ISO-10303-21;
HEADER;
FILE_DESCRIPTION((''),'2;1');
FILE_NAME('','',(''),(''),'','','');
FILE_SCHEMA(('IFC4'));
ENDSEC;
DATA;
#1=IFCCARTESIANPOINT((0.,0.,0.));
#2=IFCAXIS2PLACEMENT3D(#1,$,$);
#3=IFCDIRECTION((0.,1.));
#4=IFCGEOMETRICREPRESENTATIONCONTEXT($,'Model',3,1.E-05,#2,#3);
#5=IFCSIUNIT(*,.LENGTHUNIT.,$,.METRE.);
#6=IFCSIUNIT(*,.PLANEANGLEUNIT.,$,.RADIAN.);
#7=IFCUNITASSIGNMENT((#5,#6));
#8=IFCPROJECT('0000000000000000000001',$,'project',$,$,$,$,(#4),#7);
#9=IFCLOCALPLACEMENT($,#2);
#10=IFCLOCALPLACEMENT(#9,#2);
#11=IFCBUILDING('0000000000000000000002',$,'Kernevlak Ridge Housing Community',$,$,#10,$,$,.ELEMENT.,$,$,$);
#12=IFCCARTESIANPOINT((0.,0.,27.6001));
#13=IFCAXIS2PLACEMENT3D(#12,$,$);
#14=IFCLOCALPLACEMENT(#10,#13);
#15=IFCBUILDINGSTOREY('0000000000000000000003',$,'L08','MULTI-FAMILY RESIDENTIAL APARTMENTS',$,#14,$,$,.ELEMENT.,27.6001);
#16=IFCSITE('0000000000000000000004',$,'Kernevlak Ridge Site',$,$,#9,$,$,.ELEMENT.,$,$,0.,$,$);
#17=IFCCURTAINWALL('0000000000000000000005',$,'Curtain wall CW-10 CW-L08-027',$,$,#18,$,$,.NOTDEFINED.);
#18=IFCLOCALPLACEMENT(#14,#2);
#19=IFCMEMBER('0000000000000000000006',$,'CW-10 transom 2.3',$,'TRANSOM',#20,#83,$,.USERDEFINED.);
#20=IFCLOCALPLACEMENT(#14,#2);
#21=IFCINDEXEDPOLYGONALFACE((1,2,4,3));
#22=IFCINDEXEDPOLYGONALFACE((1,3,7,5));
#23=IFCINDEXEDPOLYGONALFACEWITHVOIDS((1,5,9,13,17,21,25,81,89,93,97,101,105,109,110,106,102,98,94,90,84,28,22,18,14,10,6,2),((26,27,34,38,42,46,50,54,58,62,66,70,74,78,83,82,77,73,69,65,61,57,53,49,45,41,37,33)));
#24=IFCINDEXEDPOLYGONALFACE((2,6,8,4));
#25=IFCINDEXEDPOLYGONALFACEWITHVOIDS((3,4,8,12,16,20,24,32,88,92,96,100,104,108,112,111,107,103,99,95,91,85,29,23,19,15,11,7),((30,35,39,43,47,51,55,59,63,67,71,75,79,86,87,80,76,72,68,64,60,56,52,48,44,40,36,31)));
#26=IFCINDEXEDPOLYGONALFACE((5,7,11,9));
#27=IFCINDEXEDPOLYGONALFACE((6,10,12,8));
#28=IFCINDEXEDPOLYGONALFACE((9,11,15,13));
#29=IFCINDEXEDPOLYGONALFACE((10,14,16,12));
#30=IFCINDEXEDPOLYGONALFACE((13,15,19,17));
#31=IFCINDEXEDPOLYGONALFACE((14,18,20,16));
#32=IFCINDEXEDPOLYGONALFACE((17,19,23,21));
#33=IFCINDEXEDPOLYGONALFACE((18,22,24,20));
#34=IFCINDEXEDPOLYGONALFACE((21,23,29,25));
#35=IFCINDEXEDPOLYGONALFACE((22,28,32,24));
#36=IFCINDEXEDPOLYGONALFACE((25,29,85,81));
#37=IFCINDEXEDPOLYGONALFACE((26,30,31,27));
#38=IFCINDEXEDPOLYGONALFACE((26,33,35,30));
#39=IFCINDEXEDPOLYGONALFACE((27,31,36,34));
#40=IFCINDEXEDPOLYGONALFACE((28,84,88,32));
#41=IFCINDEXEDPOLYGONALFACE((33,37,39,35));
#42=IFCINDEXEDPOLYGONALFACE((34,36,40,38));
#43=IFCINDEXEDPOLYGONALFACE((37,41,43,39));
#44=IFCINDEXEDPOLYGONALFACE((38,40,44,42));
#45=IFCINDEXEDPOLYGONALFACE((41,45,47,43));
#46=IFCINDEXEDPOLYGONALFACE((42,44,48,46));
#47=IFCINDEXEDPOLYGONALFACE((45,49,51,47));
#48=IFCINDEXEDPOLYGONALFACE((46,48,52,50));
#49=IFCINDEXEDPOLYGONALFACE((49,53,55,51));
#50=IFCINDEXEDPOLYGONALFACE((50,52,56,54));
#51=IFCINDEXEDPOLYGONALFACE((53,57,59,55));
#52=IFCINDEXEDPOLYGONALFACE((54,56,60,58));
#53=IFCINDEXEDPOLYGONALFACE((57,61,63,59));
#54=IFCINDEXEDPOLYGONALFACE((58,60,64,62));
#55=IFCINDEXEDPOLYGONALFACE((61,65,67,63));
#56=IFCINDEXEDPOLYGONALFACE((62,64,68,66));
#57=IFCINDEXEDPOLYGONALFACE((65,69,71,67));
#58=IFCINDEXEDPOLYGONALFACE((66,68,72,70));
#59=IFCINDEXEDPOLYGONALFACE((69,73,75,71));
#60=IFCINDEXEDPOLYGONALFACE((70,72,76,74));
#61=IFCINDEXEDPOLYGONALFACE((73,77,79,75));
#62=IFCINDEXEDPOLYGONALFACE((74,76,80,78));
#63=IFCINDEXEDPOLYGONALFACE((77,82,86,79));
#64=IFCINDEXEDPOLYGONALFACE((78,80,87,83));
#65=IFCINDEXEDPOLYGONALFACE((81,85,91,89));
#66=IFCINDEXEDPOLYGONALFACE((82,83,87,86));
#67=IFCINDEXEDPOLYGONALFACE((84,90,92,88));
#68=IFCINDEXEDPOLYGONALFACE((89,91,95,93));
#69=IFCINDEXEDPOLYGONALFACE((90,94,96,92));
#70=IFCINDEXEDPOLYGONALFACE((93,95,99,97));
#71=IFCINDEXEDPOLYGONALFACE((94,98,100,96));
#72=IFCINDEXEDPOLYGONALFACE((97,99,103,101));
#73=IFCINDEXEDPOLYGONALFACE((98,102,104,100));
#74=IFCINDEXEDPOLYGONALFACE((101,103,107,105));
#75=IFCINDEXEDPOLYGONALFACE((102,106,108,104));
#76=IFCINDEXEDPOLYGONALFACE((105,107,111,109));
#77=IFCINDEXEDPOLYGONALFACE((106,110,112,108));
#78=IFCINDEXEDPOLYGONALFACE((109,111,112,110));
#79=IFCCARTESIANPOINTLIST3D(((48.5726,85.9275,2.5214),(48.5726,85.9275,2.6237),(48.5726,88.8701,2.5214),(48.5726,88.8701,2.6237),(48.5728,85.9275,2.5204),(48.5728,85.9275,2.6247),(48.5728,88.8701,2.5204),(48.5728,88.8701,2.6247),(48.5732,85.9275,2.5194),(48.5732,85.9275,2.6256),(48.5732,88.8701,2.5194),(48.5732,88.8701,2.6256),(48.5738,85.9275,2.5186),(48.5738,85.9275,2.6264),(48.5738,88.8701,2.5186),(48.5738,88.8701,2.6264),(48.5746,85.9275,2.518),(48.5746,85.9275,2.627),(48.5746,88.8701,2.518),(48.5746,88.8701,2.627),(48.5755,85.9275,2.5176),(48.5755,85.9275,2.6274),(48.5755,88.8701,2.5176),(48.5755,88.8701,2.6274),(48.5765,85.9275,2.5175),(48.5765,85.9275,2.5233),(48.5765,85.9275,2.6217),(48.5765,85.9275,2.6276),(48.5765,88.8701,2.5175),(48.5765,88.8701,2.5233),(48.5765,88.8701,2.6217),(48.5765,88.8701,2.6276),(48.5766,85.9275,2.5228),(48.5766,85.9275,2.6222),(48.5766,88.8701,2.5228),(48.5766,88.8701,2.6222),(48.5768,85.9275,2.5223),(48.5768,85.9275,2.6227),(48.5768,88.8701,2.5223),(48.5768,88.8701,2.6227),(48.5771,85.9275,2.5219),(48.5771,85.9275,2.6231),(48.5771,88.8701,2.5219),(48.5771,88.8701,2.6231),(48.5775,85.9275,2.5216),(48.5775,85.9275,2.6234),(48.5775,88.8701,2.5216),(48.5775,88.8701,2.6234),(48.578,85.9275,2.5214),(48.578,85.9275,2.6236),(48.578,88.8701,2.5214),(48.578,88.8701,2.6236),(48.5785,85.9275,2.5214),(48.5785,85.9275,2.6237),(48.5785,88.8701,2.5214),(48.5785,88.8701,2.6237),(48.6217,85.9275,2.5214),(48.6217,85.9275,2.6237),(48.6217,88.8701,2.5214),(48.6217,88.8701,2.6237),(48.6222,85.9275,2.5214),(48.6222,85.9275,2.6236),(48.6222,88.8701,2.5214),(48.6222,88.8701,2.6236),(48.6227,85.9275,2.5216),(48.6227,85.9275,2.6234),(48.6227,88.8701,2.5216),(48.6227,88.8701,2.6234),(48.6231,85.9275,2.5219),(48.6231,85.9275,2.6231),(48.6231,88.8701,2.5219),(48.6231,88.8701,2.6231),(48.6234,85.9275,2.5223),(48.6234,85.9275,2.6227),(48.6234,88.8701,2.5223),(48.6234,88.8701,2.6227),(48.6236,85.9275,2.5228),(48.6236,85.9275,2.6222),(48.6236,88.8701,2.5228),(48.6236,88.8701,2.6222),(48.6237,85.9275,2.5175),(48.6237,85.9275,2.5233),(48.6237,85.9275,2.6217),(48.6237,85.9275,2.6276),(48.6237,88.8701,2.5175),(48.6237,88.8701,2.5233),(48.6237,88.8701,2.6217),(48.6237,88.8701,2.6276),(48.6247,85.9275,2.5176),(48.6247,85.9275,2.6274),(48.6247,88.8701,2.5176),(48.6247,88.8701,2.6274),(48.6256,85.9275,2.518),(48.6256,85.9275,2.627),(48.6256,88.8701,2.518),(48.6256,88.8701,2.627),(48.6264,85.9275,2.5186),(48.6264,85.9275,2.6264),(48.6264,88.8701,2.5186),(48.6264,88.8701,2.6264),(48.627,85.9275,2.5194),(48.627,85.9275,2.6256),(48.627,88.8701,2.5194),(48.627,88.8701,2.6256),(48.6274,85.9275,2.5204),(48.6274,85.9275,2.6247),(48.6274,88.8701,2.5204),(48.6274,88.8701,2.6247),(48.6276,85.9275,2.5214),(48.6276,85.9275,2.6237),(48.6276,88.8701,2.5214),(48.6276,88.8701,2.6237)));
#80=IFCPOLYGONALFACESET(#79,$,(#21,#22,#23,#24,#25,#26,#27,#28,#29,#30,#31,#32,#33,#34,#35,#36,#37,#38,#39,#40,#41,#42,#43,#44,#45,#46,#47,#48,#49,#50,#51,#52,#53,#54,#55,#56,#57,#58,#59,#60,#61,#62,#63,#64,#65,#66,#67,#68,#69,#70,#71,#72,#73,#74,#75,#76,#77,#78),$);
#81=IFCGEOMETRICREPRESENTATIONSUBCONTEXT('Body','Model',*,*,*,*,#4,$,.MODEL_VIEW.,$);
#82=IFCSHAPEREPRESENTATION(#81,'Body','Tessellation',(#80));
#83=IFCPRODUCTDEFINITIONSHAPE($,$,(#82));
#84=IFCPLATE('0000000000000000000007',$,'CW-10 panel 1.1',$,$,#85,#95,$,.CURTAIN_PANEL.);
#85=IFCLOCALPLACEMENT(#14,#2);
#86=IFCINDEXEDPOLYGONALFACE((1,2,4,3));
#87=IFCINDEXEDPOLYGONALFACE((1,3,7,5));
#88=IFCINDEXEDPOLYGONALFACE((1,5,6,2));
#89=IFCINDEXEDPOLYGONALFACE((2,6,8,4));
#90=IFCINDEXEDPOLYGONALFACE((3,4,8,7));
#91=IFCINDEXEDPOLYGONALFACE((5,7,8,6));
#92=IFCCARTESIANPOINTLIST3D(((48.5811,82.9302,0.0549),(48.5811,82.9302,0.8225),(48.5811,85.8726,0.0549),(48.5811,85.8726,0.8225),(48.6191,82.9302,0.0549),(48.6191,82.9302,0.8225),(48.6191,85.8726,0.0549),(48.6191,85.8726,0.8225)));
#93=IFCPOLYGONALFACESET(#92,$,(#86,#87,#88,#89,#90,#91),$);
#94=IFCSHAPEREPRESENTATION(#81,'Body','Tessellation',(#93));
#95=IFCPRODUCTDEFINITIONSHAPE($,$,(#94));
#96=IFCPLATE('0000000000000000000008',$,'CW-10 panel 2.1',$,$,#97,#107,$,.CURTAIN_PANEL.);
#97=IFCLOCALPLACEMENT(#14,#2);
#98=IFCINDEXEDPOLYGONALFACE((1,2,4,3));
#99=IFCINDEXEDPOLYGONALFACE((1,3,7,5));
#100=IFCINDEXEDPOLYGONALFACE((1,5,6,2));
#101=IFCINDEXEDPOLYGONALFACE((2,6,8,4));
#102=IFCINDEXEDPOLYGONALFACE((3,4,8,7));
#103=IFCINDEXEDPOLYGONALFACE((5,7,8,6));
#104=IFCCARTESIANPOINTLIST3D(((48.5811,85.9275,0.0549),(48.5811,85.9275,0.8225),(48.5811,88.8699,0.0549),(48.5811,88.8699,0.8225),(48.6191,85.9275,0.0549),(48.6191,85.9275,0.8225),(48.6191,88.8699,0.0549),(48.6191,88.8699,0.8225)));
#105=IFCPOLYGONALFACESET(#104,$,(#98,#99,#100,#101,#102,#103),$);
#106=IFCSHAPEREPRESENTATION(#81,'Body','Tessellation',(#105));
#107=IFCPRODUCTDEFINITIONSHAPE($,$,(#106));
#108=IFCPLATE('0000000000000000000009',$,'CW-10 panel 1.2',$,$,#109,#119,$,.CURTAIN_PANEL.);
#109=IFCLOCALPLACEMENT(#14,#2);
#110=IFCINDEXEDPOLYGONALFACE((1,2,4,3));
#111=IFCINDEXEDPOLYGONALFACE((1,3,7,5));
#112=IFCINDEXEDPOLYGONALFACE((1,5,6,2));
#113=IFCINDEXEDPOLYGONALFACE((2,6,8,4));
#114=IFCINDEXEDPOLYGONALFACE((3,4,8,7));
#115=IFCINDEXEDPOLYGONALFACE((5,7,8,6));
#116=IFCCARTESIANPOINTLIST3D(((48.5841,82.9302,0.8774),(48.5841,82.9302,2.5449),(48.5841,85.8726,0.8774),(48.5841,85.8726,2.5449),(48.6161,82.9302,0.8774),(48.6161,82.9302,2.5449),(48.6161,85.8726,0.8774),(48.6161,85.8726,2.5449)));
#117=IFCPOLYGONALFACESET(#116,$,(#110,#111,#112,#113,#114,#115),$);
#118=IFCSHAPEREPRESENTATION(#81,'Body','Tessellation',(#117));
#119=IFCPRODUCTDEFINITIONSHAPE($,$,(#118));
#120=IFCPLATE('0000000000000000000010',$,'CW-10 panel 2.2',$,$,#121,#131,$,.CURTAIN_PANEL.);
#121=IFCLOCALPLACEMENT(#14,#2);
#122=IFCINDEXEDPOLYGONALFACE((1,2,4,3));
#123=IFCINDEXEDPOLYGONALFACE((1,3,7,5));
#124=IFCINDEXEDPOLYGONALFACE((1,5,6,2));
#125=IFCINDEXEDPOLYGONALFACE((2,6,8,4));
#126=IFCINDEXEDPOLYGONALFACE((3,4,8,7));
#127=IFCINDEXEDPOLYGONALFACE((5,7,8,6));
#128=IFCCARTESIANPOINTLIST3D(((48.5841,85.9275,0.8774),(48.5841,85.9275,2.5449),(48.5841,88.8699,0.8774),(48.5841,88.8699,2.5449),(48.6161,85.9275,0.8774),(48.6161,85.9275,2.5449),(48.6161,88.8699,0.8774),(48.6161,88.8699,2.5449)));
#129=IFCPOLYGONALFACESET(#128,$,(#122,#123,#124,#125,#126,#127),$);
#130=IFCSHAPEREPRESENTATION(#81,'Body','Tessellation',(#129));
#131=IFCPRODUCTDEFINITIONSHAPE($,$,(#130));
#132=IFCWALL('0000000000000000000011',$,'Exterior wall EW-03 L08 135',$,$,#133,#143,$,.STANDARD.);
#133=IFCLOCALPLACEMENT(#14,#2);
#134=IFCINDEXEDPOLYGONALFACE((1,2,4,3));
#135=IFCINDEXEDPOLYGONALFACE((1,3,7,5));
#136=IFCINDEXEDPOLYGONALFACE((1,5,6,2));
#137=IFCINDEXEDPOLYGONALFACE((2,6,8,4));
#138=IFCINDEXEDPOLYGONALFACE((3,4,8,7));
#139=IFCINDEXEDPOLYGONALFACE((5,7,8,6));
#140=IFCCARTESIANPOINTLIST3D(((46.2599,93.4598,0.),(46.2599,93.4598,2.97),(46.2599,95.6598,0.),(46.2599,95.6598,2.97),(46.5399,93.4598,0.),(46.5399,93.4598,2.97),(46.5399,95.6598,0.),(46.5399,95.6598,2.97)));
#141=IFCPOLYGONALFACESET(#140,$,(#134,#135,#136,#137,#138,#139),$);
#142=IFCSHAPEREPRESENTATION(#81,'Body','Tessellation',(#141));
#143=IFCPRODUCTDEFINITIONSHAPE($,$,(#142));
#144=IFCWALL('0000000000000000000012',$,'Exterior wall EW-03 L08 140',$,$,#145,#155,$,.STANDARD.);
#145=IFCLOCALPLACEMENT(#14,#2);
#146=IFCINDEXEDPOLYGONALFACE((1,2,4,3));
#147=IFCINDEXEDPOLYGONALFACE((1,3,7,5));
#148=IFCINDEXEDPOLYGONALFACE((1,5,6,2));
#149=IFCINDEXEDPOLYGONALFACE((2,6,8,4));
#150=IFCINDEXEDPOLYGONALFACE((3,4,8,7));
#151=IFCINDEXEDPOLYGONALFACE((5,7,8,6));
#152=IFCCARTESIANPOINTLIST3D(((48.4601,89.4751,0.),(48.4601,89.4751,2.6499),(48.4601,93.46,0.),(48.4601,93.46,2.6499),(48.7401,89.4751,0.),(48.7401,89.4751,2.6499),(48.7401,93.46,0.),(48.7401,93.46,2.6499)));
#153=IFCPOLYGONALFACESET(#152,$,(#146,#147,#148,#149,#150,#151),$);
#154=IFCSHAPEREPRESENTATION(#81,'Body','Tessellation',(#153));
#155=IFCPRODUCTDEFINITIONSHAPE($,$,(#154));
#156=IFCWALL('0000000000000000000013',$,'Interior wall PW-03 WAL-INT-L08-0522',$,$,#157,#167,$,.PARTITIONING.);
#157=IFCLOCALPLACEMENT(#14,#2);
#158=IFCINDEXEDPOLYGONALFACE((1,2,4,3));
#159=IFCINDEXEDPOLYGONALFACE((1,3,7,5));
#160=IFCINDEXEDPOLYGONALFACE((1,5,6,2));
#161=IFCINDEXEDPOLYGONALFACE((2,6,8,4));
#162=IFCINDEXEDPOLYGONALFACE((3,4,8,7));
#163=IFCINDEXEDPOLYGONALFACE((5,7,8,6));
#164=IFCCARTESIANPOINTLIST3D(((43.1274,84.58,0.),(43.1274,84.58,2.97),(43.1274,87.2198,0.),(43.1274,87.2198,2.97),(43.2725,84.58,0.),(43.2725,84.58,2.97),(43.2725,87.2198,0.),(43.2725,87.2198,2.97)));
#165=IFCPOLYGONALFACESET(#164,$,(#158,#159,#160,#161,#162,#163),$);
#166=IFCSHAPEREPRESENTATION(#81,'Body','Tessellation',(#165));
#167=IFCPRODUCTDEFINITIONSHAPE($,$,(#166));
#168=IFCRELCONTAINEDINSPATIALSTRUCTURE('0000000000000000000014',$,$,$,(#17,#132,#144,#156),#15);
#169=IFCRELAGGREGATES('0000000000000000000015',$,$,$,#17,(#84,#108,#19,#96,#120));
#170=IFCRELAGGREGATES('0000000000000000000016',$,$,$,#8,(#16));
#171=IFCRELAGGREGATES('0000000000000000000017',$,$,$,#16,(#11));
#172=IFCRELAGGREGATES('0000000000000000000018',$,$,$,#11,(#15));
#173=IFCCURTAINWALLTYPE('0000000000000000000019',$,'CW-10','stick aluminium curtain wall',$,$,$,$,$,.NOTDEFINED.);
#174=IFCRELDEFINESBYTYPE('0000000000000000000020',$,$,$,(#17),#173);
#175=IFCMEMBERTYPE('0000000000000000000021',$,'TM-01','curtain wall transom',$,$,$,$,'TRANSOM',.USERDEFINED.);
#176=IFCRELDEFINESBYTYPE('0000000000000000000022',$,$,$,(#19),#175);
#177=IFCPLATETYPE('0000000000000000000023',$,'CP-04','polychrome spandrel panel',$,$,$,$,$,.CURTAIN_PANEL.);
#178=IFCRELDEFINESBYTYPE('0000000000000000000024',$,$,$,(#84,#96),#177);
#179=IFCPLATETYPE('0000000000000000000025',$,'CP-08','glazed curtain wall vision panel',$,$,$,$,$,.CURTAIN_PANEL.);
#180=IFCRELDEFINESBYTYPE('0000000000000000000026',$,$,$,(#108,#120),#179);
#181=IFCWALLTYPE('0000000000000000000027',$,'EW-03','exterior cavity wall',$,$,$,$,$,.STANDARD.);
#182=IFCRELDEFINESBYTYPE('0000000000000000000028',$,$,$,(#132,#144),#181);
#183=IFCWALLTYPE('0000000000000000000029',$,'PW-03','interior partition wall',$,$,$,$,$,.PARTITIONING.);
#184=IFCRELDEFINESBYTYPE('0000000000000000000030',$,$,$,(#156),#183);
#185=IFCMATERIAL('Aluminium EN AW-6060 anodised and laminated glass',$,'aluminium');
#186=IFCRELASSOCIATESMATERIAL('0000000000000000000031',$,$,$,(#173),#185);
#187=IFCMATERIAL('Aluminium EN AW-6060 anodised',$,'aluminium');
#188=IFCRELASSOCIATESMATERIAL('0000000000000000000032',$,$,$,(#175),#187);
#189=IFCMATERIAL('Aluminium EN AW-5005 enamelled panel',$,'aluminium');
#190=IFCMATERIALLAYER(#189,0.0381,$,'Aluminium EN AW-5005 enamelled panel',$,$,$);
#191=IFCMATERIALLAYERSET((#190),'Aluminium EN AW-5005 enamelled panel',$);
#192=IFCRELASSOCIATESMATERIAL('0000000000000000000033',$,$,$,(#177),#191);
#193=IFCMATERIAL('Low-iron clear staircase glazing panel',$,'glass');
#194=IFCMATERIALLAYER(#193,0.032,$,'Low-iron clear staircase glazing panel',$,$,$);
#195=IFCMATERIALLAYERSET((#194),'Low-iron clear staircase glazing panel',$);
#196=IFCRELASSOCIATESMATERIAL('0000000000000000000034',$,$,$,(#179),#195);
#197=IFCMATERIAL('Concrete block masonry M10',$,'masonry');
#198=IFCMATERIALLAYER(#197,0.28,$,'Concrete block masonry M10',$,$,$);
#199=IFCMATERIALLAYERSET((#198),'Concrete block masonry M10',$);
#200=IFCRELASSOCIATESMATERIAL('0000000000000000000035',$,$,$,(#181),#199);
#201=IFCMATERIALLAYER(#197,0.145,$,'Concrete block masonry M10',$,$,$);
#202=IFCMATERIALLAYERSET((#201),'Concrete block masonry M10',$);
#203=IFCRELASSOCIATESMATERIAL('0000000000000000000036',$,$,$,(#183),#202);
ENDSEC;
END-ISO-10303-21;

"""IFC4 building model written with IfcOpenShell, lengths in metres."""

from ifc_helpers import new_model, si_unit, direction, frame, frame_2d, origin, origin_2d, place, context, subcontext, project, spatial, rectangle, hollow_rectangle, extrude, material, layer, layer_set, material_profile, profile_set, type_object, element, aggregate, save


model = new_model("IFC4")

# Units and contexts
model_context = context("Model", 3, precision=1e-05, world=origin(), true_north=direction((0.0, 1.0)))
body_context = subcontext(model_context, "Body", "Model", "MODEL_VIEW")
ifc_project = project(units=[si_unit("LENGTHUNIT", "METRE"), si_unit("PLANEANGLEUNIT", "RADIAN")], contexts=[model_context])

# Site, building, storey
site_placement = place(None, origin())
site = spatial("IfcSite", under=ifc_project, at=site_placement, Name="Kernevlak Ridge Site", CompositionType="ELEMENT", RefElevation=0.0)
building_placement = place(site_placement, origin())
building = spatial("IfcBuilding", under=site, at=building_placement, Name="Kernevlak Ridge Housing Community", CompositionType="ELEMENT")
storey_placement = place(building_placement, frame((0.0, 0.0, 27.6001)))
storey = spatial("IfcBuildingStorey", under=building, at=storey_placement, Name="L08", Description="MULTI-FAMILY RESIDENTIAL APARTMENTS", CompositionType="ELEMENT", Elevation=27.6001)

# Curtain wall
ifc_material_1 = material(Name="Aluminium EN AW-6060 anodised and laminated glass", Category="aluminium")
curtain_wall_type = type_object("IfcCurtainWallType", Name="CW-10", Description="stick aluminium curtain wall", PredefinedType="NOTDEFINED", material=ifc_material_1)
curtain_wall_placement = place(storey_placement, origin())
curtain_wall = element("IfcCurtainWall", 1, at=curtain_wall_placement, inside=storey, type_object=curtain_wall_type, Name="Curtain wall CW-10 CW-L08-027", PredefinedType="NOTDEFINED")
ifc_material_2 = material(Name="Aluminium EN AW-6060 anodised", Category="aluminium")

# Member
ifc_material_profile_1 = material_profile(ifc_material_2, hollow_rectangle(XDim=0.0549, YDim=0.1101, WallThickness=0.0039, InnerFilletRadius=0.002, OuterFilletRadius=0.0039, at=origin_2d()), Name="ALU 55x110x4")
ifc_profile_set_1 = profile_set([ifc_material_profile_1], Name="Aluminium EN AW-6060 anodised")
member_type_1 = type_object("IfcMemberType", Name="TM-01", Description="curtain wall transom", ElementType="TRANSOM", PredefinedType="USERDEFINED", material=ifc_profile_set_1)
member_1_placement = place(storey_placement, frame((48.6001, 85.9275, 2.5725), z_axis=(0.0, 1.0, 0.0), x_axis=(-1.0, 0.0, 0.0)))
member_1 = element("IfcMember", 2, at=member_1_placement, type_object=member_type_1, Name="CW-10 transom 2.3", ObjectType="TRANSOM", PredefinedType="USERDEFINED", context=body_context, shape_type="SweptSolid", body=[
    extrude(hollow_rectangle(XDim=0.0549, YDim=0.1101, WallThickness=0.0039, InnerFilletRadius=0.002, OuterFilletRadius=0.0039, at=origin_2d()), origin(), (0.0, 0.0, 1.0), 2.9426),
])

# Plates
ifc_material_3 = material(Name="Aluminium EN AW-5005 enamelled panel", Category="aluminium")
ifc_layer_1 = layer(ifc_material_3, 0.0381, Name="Aluminium EN AW-5005 enamelled panel")
ifc_layer_set_1 = layer_set([ifc_layer_1], Name="Aluminium EN AW-5005 enamelled panel")
plate_type_1 = type_object("IfcPlateType", Name="CP-04", Description="polychrome spandrel panel", PredefinedType="CURTAIN_PANEL", material=ifc_layer_set_1)
plate_1_placement = place(storey_placement, frame((48.6001, 84.4014, 0.0549), z_axis=(0.0, 0.0, 1.0), x_axis=(0.0, 1.0, 0.0)))
plate_1 = element("IfcPlate", 3, at=plate_1_placement, type_object=plate_type_1, Name="CW-10 panel 1.1", PredefinedType="CURTAIN_PANEL", context=body_context, shape_type="SweptSolid", body=[
    extrude(rectangle(XDim=2.9424, YDim=0.0381, at=origin_2d()), origin(), (0.0, 0.0, 1.0), 0.7676),
])
plate_2_placement = place(storey_placement, frame((48.6001, 87.3987, 0.0549), z_axis=(0.0, 0.0, 1.0), x_axis=(0.0, 1.0, 0.0)))
plate_2 = element("IfcPlate", 4, at=plate_2_placement, type_object=plate_type_1, Name="CW-10 panel 2.1", PredefinedType="CURTAIN_PANEL", context=body_context, shape_type="SweptSolid", body=[
    extrude(rectangle(XDim=2.9424, YDim=0.0381, at=origin_2d()), origin(), (0.0, 0.0, 1.0), 0.7676),
])
ifc_material_4 = material(Name="Low-iron clear staircase glazing panel", Category="glass")
ifc_layer_2 = layer(ifc_material_4, 0.032, Name="Low-iron clear staircase glazing panel")
ifc_layer_set_2 = layer_set([ifc_layer_2], Name="Low-iron clear staircase glazing panel")
plate_type_2 = type_object("IfcPlateType", Name="CP-08", Description="glazed curtain wall vision panel", PredefinedType="CURTAIN_PANEL", material=ifc_layer_set_2)
plate_3_placement = place(storey_placement, frame((48.6001, 84.4014, 0.8774), z_axis=(0.0, 0.0, 1.0), x_axis=(0.0, 1.0, 0.0)))
plate_3 = element("IfcPlate", 5, at=plate_3_placement, type_object=plate_type_2, Name="CW-10 panel 1.2", PredefinedType="CURTAIN_PANEL", context=body_context, shape_type="SweptSolid", body=[
    extrude(rectangle(XDim=2.9424, YDim=0.032, at=origin_2d()), origin(), (0.0, 0.0, 1.0), 1.6675),
])
plate_4_placement = place(storey_placement, frame((48.6001, 87.3987, 0.8774), z_axis=(0.0, 0.0, 1.0), x_axis=(0.0, 1.0, 0.0)))
plate_4 = element("IfcPlate", 6, at=plate_4_placement, type_object=plate_type_2, Name="CW-10 panel 2.2", PredefinedType="CURTAIN_PANEL", context=body_context, shape_type="SweptSolid", body=[
    extrude(rectangle(XDim=2.9424, YDim=0.032, at=origin_2d()), origin(), (0.0, 0.0, 1.0), 1.6675),
])
aggregate(curtain_wall, [plate_1, plate_3, member_1, plate_2, plate_4])

# Wall
ifc_material_5 = material(Name="Concrete block masonry M10", Category="masonry")
ifc_layer_3 = layer(ifc_material_5, 0.28, Name="Concrete block masonry M10")
ifc_layer_set_3 = layer_set([ifc_layer_3], Name="Concrete block masonry M10")
wall_type_1 = type_object("IfcWallType", Name="EW-03", Description="exterior cavity wall", PredefinedType="STANDARD", material=ifc_layer_set_3)
wall_1_placement = place(storey_placement, frame((46.3999, 95.6599, 0.0), z_axis=(0.0, 0.0, 1.0), x_axis=(0.0, -1.0, 0.0)))
element("IfcWall", 7, at=wall_1_placement, inside=storey, type_object=wall_type_1, Name="Exterior wall EW-03 L08 135", PredefinedType="STANDARD", context=body_context, shape_type="SweptSolid", body=[
    extrude(rectangle(XDim=2.2, YDim=0.28, at=frame_2d((1.1001, 0.0))), origin(), (0.0, 0.0, 1.0), 2.97),
])

# Walls
wall_2_placement = place(storey_placement, frame((48.6001, 89.4751, 0.0), z_axis=(0.0, 0.0, 1.0), x_axis=(0.0, 1.0, 0.0)))
element("IfcWall", 8, at=wall_2_placement, inside=storey, type_object=wall_type_1, Name="Exterior wall EW-03 L08 140", PredefinedType="STANDARD", context=body_context, shape_type="SweptSolid", body=[
    extrude(rectangle(XDim=3.9849, YDim=0.28, at=frame_2d((1.9924, 0.0))), origin(), (0.0, 0.0, 1.0), 2.6499),
])
ifc_layer_4 = layer(ifc_material_5, 0.145, Name="Concrete block masonry M10")
ifc_layer_set_4 = layer_set([ifc_layer_4], Name="Concrete block masonry M10")
wall_type_2 = type_object("IfcWallType", Name="PW-03", Description="interior partition wall", PredefinedType="PARTITIONING", material=ifc_layer_set_4)
wall_3_placement = place(storey_placement, frame((43.2, 84.5801, 0.0), z_axis=(0.0, 0.0, 1.0), x_axis=(0.0, 1.0, 0.0)))
element("IfcWall", 9, at=wall_3_placement, inside=storey, type_object=wall_type_2, Name="Interior wall PW-03 WAL-INT-L08-0522", PredefinedType="PARTITIONING", context=body_context, shape_type="SweptSolid", body=[
    extrude(rectangle(XDim=2.6399, YDim=0.145, at=frame_2d((1.3198, 0.0))), origin(), (0.0, 0.0, 1.0), 2.97),
])

save(model, "model.ifc")
